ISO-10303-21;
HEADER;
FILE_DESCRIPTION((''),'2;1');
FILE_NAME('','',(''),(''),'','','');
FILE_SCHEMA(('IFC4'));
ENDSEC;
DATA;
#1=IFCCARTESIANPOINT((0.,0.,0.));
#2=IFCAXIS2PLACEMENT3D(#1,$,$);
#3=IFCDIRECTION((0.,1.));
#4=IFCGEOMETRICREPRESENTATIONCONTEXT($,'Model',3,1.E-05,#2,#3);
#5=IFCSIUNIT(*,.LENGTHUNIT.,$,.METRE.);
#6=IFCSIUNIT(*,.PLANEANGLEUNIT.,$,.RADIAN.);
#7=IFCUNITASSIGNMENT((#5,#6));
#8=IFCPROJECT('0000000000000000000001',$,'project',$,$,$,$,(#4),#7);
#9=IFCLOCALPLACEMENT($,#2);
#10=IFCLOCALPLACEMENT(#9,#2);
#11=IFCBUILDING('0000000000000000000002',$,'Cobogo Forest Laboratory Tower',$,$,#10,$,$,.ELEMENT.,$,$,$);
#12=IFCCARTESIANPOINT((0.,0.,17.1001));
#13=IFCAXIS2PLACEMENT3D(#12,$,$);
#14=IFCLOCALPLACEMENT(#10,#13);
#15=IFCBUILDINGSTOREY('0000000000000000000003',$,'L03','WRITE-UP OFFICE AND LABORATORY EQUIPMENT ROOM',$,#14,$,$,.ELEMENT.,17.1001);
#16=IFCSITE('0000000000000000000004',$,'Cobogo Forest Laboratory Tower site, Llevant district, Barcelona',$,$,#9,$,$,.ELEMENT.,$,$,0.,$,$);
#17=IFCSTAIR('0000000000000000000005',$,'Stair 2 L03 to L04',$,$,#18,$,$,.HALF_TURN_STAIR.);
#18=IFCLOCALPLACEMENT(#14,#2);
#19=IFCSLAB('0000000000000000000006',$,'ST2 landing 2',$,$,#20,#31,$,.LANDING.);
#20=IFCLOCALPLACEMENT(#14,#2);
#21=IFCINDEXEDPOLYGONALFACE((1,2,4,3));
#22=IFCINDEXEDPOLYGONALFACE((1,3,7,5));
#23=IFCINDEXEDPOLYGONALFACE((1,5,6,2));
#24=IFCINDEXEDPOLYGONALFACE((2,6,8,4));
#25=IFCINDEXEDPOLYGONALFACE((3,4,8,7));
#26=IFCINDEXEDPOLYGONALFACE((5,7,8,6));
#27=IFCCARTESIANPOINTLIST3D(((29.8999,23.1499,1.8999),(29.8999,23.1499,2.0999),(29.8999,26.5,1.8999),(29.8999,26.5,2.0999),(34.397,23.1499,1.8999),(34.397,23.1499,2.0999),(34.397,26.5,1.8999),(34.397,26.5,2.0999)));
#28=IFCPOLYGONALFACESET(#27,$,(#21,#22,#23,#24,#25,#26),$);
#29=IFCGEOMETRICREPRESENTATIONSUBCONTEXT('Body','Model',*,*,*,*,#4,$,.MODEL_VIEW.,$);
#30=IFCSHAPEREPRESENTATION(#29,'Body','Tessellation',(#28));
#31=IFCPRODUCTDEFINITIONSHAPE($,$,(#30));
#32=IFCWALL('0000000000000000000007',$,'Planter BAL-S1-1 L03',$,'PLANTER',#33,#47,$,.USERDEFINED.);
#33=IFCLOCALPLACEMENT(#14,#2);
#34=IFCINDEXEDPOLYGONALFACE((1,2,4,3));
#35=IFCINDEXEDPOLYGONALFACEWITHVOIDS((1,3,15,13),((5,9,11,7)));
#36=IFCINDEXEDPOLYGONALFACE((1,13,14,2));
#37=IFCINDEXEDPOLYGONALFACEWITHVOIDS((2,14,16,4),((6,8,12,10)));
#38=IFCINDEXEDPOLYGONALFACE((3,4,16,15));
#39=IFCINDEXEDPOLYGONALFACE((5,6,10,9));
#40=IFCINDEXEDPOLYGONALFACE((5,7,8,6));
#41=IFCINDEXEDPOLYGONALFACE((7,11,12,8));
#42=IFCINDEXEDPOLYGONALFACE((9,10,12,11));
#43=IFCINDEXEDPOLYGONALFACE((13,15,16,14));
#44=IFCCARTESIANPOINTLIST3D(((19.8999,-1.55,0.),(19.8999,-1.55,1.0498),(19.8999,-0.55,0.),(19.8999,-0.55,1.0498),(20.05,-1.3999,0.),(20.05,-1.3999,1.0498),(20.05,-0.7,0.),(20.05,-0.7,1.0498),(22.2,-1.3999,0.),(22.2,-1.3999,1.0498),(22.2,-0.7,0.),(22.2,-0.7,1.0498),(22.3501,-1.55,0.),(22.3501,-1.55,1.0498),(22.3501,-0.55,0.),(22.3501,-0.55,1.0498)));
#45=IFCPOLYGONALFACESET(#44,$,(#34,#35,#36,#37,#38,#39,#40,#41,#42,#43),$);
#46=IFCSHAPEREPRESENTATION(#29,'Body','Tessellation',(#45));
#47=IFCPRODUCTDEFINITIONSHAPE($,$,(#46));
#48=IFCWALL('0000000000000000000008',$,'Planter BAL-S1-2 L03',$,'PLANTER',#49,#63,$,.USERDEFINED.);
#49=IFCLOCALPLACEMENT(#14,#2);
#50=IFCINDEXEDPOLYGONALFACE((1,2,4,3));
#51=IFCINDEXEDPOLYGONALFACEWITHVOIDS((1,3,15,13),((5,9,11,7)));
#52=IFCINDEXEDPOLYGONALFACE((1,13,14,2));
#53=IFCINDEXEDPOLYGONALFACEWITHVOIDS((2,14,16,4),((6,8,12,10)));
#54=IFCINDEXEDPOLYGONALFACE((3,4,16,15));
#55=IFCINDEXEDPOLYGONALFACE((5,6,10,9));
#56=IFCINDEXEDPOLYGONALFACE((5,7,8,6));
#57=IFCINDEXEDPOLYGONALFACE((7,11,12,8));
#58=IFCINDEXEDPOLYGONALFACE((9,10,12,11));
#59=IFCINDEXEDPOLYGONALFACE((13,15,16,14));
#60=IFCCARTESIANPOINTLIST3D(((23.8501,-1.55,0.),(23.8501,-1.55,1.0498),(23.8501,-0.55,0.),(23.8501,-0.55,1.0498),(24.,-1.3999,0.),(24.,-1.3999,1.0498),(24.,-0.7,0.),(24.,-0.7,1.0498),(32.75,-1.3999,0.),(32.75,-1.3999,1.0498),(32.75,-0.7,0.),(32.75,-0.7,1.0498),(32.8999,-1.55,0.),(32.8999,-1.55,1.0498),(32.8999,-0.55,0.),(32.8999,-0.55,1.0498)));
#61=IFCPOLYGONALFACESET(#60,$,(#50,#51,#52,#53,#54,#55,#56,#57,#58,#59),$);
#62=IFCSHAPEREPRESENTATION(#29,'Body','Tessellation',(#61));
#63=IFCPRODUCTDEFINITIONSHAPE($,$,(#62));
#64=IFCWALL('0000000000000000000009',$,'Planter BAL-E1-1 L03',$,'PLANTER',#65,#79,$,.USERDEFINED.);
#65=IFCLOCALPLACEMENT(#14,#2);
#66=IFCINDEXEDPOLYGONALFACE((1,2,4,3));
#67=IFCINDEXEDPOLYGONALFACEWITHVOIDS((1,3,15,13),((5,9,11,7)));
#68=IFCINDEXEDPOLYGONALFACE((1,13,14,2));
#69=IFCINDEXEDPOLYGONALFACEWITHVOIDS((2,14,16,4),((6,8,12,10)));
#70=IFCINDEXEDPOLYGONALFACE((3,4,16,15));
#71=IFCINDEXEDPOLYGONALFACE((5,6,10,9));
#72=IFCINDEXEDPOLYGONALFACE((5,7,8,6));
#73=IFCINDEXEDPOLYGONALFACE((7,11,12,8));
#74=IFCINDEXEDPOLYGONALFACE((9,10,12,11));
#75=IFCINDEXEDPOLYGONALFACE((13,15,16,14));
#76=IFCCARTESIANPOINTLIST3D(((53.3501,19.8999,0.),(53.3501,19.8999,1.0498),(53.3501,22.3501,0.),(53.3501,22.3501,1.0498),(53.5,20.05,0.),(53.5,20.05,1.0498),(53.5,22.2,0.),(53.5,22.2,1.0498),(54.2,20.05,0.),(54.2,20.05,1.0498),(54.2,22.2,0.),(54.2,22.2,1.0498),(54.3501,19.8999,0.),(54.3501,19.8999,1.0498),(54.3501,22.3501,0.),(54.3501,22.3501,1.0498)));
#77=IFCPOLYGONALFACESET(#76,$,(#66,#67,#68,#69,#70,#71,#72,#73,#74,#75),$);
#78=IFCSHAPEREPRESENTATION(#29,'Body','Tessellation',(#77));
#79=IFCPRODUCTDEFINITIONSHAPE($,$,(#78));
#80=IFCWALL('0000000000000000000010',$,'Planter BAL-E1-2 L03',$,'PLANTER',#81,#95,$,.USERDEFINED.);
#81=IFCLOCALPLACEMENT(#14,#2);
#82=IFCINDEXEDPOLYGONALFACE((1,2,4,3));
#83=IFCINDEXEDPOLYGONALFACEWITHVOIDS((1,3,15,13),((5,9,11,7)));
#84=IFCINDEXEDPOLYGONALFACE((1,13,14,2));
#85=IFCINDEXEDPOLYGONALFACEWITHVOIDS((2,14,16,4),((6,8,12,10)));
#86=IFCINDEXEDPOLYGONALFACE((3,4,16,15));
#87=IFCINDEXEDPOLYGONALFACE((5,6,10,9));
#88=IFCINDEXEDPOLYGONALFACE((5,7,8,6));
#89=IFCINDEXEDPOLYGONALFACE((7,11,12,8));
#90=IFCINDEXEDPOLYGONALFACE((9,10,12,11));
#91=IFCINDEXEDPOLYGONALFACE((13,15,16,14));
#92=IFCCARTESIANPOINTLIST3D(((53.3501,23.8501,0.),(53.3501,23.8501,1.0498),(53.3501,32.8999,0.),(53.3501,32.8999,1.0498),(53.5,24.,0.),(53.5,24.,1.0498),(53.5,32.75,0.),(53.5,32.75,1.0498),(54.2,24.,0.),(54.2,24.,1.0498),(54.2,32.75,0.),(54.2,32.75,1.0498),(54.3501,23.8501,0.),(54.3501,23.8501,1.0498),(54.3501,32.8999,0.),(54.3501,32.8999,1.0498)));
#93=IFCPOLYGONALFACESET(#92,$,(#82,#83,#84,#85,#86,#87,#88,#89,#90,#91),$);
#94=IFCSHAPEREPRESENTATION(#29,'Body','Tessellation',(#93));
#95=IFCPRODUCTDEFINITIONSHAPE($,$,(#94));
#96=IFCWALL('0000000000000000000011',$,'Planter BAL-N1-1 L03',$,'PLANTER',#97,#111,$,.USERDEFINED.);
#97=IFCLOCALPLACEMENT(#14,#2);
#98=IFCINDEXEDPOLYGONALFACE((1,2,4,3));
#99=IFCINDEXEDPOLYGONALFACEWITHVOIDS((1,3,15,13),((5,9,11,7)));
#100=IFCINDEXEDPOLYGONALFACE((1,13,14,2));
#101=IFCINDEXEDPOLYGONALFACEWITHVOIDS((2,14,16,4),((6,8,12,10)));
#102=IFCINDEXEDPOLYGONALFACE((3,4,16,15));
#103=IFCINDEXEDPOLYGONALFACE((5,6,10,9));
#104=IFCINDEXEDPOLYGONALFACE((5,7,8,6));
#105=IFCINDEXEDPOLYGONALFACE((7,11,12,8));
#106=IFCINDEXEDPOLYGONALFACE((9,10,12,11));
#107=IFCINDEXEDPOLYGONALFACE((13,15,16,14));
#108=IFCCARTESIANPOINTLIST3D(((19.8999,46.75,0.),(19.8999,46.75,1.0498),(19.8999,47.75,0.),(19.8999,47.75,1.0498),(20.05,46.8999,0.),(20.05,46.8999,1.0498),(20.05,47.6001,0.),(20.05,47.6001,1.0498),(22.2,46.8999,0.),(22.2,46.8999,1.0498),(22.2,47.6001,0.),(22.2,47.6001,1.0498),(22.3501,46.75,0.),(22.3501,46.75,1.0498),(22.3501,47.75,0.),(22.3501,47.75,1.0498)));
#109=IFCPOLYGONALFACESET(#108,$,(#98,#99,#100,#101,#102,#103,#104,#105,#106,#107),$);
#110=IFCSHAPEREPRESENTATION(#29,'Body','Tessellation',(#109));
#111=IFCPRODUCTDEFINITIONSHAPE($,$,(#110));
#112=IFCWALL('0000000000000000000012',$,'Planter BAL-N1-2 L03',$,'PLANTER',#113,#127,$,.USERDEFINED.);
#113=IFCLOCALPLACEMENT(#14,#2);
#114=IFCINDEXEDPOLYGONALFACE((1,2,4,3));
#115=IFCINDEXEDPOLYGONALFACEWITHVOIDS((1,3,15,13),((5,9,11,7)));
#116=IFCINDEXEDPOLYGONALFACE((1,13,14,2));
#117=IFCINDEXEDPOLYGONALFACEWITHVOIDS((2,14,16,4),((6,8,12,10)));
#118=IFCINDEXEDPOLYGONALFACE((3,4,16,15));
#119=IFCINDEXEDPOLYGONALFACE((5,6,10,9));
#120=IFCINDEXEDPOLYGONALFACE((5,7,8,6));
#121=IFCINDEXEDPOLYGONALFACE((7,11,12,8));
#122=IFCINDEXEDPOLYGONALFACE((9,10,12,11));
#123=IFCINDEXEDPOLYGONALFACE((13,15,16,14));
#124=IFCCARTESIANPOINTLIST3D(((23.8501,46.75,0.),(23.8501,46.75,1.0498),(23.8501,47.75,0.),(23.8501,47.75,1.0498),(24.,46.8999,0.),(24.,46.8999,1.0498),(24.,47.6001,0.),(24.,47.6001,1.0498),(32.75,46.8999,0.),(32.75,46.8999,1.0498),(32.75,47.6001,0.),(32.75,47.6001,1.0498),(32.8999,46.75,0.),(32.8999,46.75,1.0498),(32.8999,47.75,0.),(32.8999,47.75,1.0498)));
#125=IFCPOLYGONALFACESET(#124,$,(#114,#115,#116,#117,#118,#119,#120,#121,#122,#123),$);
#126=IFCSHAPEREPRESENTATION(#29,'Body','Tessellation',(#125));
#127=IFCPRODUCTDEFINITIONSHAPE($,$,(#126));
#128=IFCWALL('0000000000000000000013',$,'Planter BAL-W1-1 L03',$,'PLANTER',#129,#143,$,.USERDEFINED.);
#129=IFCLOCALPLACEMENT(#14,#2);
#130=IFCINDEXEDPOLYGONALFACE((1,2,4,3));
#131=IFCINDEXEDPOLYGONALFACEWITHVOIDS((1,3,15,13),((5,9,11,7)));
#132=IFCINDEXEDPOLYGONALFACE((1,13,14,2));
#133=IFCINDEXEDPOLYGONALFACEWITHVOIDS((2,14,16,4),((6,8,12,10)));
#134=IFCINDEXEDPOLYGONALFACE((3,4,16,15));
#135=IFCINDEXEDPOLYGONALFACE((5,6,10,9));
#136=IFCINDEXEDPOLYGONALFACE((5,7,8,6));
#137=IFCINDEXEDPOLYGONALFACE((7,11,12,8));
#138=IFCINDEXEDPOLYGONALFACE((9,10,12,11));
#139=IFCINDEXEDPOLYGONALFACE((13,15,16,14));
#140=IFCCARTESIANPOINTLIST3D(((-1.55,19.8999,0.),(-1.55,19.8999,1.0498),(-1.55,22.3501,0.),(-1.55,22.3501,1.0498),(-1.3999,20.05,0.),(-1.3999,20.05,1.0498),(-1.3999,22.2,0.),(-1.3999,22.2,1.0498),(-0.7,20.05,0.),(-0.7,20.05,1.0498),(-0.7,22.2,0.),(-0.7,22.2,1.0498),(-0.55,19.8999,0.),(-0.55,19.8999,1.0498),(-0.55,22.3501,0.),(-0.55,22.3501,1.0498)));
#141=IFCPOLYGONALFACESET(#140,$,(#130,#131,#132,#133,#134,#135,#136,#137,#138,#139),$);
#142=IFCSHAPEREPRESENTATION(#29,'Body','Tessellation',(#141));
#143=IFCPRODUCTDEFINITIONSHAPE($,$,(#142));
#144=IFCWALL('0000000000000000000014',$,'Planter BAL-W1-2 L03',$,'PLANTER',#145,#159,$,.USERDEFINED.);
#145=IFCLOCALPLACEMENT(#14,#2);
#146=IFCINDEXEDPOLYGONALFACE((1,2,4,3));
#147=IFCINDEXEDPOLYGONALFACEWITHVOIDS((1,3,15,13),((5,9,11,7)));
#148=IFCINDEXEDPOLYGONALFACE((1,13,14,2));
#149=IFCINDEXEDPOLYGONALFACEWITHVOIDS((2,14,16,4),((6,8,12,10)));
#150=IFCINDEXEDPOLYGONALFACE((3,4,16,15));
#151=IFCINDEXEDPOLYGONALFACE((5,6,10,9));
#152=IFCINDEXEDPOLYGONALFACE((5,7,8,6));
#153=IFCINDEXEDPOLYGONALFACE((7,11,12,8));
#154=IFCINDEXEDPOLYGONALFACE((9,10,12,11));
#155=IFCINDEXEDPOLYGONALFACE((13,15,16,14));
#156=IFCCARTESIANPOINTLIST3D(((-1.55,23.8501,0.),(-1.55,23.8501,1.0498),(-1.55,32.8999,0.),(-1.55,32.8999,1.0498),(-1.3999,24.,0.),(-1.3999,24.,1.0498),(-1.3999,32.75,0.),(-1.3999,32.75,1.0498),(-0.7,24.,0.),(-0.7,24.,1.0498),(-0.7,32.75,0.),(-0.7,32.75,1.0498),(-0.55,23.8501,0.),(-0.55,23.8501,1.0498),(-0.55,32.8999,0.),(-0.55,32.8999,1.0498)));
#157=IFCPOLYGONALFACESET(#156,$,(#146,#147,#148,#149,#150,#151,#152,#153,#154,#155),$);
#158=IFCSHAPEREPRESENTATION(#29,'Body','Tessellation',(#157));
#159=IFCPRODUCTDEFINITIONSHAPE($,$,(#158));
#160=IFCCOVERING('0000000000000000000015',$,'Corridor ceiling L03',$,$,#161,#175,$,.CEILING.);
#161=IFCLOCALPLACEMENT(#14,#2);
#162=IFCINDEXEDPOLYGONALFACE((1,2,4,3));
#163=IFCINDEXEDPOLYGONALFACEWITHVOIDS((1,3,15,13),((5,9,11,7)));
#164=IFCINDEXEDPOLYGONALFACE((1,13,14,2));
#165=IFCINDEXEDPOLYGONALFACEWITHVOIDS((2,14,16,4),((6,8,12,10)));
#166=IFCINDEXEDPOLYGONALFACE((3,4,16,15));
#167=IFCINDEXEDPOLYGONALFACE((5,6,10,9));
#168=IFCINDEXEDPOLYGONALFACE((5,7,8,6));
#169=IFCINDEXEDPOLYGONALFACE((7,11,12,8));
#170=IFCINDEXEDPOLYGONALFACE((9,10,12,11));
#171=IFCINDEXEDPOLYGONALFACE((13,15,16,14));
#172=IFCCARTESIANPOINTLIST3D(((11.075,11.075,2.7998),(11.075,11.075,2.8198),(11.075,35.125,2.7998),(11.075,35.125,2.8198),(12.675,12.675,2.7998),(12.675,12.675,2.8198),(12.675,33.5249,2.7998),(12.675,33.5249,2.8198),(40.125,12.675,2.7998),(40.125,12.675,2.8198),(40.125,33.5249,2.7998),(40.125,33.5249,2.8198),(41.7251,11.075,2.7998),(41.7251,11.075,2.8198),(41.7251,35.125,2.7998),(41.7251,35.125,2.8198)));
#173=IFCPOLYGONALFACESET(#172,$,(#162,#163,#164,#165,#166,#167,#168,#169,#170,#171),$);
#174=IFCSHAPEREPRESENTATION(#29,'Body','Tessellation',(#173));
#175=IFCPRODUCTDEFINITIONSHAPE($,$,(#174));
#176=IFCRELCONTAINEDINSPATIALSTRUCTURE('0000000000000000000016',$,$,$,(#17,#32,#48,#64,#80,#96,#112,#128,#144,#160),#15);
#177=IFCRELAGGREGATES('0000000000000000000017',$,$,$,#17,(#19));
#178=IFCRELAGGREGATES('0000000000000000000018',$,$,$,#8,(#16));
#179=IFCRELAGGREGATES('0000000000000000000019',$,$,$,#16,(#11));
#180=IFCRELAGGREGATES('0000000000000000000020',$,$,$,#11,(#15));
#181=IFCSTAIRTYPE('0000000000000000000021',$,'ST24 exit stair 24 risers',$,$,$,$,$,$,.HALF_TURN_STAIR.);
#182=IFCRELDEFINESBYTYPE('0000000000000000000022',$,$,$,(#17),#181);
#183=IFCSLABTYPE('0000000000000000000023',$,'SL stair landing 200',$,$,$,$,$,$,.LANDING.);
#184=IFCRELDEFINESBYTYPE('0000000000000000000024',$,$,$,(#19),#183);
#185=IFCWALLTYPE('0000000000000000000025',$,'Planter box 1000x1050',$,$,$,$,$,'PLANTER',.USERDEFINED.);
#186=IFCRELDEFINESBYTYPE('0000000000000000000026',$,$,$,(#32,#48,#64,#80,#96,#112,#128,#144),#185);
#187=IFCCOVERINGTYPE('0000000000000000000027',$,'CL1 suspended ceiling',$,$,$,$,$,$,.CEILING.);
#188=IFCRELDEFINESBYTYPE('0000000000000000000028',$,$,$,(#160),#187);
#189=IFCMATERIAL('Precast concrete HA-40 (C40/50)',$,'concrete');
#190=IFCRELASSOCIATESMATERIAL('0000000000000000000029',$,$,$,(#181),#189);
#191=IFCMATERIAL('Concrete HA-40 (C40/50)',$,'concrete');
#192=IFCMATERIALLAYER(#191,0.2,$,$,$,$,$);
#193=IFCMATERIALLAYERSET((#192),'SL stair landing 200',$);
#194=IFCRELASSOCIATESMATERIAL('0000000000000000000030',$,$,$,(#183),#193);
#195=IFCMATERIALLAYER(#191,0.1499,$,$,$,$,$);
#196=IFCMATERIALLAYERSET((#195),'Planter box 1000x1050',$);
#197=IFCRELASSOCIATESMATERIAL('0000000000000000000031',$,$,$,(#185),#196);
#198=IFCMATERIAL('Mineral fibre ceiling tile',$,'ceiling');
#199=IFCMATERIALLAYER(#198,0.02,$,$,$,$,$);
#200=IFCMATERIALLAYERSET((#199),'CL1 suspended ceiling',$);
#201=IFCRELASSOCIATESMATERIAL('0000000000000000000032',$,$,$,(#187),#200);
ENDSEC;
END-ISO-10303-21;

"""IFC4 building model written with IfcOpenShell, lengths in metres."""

from ifc_helpers import new_model, si_unit, direction, frame, origin, place, context, subcontext, project, spatial, polyline, outline, extrude, material, layer, layer_set, type_object, element, aggregate, save


model = new_model("IFC4")

# Units and contexts
model_context = context("Model", 3, precision=1e-05, world=origin(), true_north=direction((0.0, 1.0)))
body_context = subcontext(model_context, "Body", "Model", "MODEL_VIEW")
ifc_project = project(units=[si_unit("LENGTHUNIT", "METRE"), si_unit("PLANEANGLEUNIT", "RADIAN")], contexts=[model_context])

# Site, building, storey
site_placement = place(None, origin())
site = spatial("IfcSite", under=ifc_project, at=site_placement, Name="Cobogo Forest Laboratory Tower site, Llevant district, Barcelona", CompositionType="ELEMENT", RefElevation=0.0)
building_placement = place(site_placement, origin())
building = spatial("IfcBuilding", under=site, at=building_placement, Name="Cobogo Forest Laboratory Tower", CompositionType="ELEMENT")
storey_placement = place(building_placement, frame((0.0, 0.0, 17.1001)))
storey = spatial("IfcBuildingStorey", under=building, at=storey_placement, Name="L03", Description="WRITE-UP OFFICE AND LABORATORY EQUIPMENT ROOM", CompositionType="ELEMENT", Elevation=17.1001)

# Shared definitions
ifc_material_1 = material(Name="Concrete HA-40 (C40/50)", Category="concrete")

# Stair, slab
ifc_material_2 = material(Name="Precast concrete HA-40 (C40/50)", Category="concrete")
stair_type = type_object("IfcStairType", Name="ST24 exit stair 24 risers", PredefinedType="HALF_TURN_STAIR", material=ifc_material_2)
ifc_layer_1 = layer(ifc_material_1, 0.2)
ifc_layer_set_1 = layer_set([ifc_layer_1], Name="SL stair landing 200")
slab_type_1 = type_object("IfcSlabType", Name="SL stair landing 200", PredefinedType="LANDING", material=ifc_layer_set_1)
stair_1_placement = place(storey_placement, origin())
stair_1 = element("IfcStair", 1, at=stair_1_placement, inside=storey, type_object=stair_type, Name="Stair 2 L03 to L04", PredefinedType="HALF_TURN_STAIR")
slab_1_placement = place(storey_placement, frame((0.0, 0.0, 1.8999)))
slab_1 = element("IfcSlab", 2, at=slab_1_placement, type_object=slab_type_1, Name="ST2 landing 2", PredefinedType="LANDING", context=body_context, shape_type="SweptSolid", body=[
    extrude(outline(polyline([(29.8999, 23.1499), (34.397, 23.1499), (34.397, 26.5), (29.8999, 26.5), (29.8999, 23.1499)])), origin(), (0.0, 0.0, 1.0), 0.2),
])
aggregate(stair_1, [slab_1])

# Walls
ifc_layer_2 = layer(ifc_material_1, 0.1499)
ifc_layer_set_2 = layer_set([ifc_layer_2], Name="Planter box 1000x1050")
wall_type = type_object("IfcWallType", Name="Planter box 1000x1050", ElementType="PLANTER", PredefinedType="USERDEFINED", material=ifc_layer_set_2)
wall_1_placement = place(storey_placement, origin())
element("IfcWall", 3, at=wall_1_placement, inside=storey, type_object=wall_type, Name="Planter BAL-S1-1 L03", ObjectType="PLANTER", PredefinedType="USERDEFINED", context=body_context, shape_type="SweptSolid", body=[
    extrude(outline(polyline([(19.8999, -1.55), (22.3501, -1.55), (22.3501, -0.55), (19.8999, -0.55), (19.8999, -1.55)]), holes=[polyline([(20.05, -1.3999), (22.2, -1.3999), (22.2, -0.7), (20.05, -0.7), (20.05, -1.3999)])]), origin(), (0.0, 0.0, 1.0), 1.0498),
])
wall_2_placement = place(storey_placement, origin())
element("IfcWall", 4, at=wall_2_placement, inside=storey, type_object=wall_type, Name="Planter BAL-S1-2 L03", ObjectType="PLANTER", PredefinedType="USERDEFINED", context=body_context, shape_type="SweptSolid", body=[
    extrude(outline(polyline([(23.8501, -1.55), (32.8999, -1.55), (32.8999, -0.55), (23.8501, -0.55), (23.8501, -1.55)]), holes=[polyline([(24.0, -1.3999), (32.75, -1.3999), (32.75, -0.7), (24.0, -0.7), (24.0, -1.3999)])]), origin(), (0.0, 0.0, 1.0), 1.0498),
])
wall_3_placement = place(storey_placement, origin())
element("IfcWall", 5, at=wall_3_placement, inside=storey, type_object=wall_type, Name="Planter BAL-E1-1 L03", ObjectType="PLANTER", PredefinedType="USERDEFINED", context=body_context, shape_type="SweptSolid", body=[
    extrude(outline(polyline([(53.3501, 19.8999), (54.3501, 19.8999), (54.3501, 22.3501), (53.3501, 22.3501), (53.3501, 19.8999)]), holes=[polyline([(53.5, 20.05), (54.2, 20.05), (54.2, 22.2), (53.5, 22.2), (53.5, 20.05)])]), origin(), (0.0, 0.0, 1.0), 1.0498),
])
wall_4_placement = place(storey_placement, origin())
element("IfcWall", 6, at=wall_4_placement, inside=storey, type_object=wall_type, Name="Planter BAL-E1-2 L03", ObjectType="PLANTER", PredefinedType="USERDEFINED", context=body_context, shape_type="SweptSolid", body=[
    extrude(outline(polyline([(53.3501, 23.8501), (54.3501, 23.8501), (54.3501, 32.8999), (53.3501, 32.8999), (53.3501, 23.8501)]), holes=[polyline([(53.5, 24.0), (54.2, 24.0), (54.2, 32.75), (53.5, 32.75), (53.5, 24.0)])]), origin(), (0.0, 0.0, 1.0), 1.0498),
])
wall_5_placement = place(storey_placement, origin())
element("IfcWall", 7, at=wall_5_placement, inside=storey, type_object=wall_type, Name="Planter BAL-N1-1 L03", ObjectType="PLANTER", PredefinedType="USERDEFINED", context=body_context, shape_type="SweptSolid", body=[
    extrude(outline(polyline([(19.8999, 46.75), (22.3501, 46.75), (22.3501, 47.75), (19.8999, 47.75), (19.8999, 46.75)]), holes=[polyline([(20.05, 46.8999), (22.2, 46.8999), (22.2, 47.6001), (20.05, 47.6001), (20.05, 46.8999)])]), origin(), (0.0, 0.0, 1.0), 1.0498),
])
wall_6_placement = place(storey_placement, origin())
element("IfcWall", 8, at=wall_6_placement, inside=storey, type_object=wall_type, Name="Planter BAL-N1-2 L03", ObjectType="PLANTER", PredefinedType="USERDEFINED", context=body_context, shape_type="SweptSolid", body=[
    extrude(outline(polyline([(23.8501, 46.75), (32.8999, 46.75), (32.8999, 47.75), (23.8501, 47.75), (23.8501, 46.75)]), holes=[polyline([(24.0, 46.8999), (32.75, 46.8999), (32.75, 47.6001), (24.0, 47.6001), (24.0, 46.8999)])]), origin(), (0.0, 0.0, 1.0), 1.0498),
])
wall_7_placement = place(storey_placement, origin())
element("IfcWall", 9, at=wall_7_placement, inside=storey, type_object=wall_type, Name="Planter BAL-W1-1 L03", ObjectType="PLANTER", PredefinedType="USERDEFINED", context=body_context, shape_type="SweptSolid", body=[
    extrude(outline(polyline([(-1.55, 19.8999), (-0.55, 19.8999), (-0.55, 22.3501), (-1.55, 22.3501), (-1.55, 19.8999)]), holes=[polyline([(-1.3999, 20.05), (-0.7, 20.05), (-0.7, 22.2), (-1.3999, 22.2), (-1.3999, 20.05)])]), origin(), (0.0, 0.0, 1.0), 1.0498),
])
wall_8_placement = place(storey_placement, origin())
element("IfcWall", 10, at=wall_8_placement, inside=storey, type_object=wall_type, Name="Planter BAL-W1-2 L03", ObjectType="PLANTER", PredefinedType="USERDEFINED", context=body_context, shape_type="SweptSolid", body=[
    extrude(outline(polyline([(-1.55, 23.8501), (-0.55, 23.8501), (-0.55, 32.8999), (-1.55, 32.8999), (-1.55, 23.8501)]), holes=[polyline([(-1.3999, 24.0), (-0.7, 24.0), (-0.7, 32.75), (-1.3999, 32.75), (-1.3999, 24.0)])]), origin(), (0.0, 0.0, 1.0), 1.0498),
])

# Covering
ifc_material_3 = material(Name="Mineral fibre ceiling tile", Category="ceiling")
ifc_layer_3 = layer(ifc_material_3, 0.02)
ifc_layer_set_3 = layer_set([ifc_layer_3], Name="CL1 suspended ceiling")
covering_type_1 = type_object("IfcCoveringType", Name="CL1 suspended ceiling", PredefinedType="CEILING", material=ifc_layer_set_3)
covering_1_placement = place(storey_placement, frame((0.0, 0.0, 2.7998)))
element("IfcCovering", 11, at=covering_1_placement, inside=storey, type_object=covering_type_1, Name="Corridor ceiling L03", PredefinedType="CEILING", context=body_context, shape_type="SweptSolid", body=[
    extrude(outline(polyline([(11.075, 11.075), (11.075, 35.125), (41.7251, 35.125), (41.7251, 11.075), (11.075, 11.075)]), holes=[polyline([(40.125, 33.5249), (12.675, 33.5249), (12.675, 12.675), (40.125, 12.675), (40.125, 33.5249)])]), origin(), (0.0, 0.0, 1.0), 0.02),
])

save(model, "model.ifc")
